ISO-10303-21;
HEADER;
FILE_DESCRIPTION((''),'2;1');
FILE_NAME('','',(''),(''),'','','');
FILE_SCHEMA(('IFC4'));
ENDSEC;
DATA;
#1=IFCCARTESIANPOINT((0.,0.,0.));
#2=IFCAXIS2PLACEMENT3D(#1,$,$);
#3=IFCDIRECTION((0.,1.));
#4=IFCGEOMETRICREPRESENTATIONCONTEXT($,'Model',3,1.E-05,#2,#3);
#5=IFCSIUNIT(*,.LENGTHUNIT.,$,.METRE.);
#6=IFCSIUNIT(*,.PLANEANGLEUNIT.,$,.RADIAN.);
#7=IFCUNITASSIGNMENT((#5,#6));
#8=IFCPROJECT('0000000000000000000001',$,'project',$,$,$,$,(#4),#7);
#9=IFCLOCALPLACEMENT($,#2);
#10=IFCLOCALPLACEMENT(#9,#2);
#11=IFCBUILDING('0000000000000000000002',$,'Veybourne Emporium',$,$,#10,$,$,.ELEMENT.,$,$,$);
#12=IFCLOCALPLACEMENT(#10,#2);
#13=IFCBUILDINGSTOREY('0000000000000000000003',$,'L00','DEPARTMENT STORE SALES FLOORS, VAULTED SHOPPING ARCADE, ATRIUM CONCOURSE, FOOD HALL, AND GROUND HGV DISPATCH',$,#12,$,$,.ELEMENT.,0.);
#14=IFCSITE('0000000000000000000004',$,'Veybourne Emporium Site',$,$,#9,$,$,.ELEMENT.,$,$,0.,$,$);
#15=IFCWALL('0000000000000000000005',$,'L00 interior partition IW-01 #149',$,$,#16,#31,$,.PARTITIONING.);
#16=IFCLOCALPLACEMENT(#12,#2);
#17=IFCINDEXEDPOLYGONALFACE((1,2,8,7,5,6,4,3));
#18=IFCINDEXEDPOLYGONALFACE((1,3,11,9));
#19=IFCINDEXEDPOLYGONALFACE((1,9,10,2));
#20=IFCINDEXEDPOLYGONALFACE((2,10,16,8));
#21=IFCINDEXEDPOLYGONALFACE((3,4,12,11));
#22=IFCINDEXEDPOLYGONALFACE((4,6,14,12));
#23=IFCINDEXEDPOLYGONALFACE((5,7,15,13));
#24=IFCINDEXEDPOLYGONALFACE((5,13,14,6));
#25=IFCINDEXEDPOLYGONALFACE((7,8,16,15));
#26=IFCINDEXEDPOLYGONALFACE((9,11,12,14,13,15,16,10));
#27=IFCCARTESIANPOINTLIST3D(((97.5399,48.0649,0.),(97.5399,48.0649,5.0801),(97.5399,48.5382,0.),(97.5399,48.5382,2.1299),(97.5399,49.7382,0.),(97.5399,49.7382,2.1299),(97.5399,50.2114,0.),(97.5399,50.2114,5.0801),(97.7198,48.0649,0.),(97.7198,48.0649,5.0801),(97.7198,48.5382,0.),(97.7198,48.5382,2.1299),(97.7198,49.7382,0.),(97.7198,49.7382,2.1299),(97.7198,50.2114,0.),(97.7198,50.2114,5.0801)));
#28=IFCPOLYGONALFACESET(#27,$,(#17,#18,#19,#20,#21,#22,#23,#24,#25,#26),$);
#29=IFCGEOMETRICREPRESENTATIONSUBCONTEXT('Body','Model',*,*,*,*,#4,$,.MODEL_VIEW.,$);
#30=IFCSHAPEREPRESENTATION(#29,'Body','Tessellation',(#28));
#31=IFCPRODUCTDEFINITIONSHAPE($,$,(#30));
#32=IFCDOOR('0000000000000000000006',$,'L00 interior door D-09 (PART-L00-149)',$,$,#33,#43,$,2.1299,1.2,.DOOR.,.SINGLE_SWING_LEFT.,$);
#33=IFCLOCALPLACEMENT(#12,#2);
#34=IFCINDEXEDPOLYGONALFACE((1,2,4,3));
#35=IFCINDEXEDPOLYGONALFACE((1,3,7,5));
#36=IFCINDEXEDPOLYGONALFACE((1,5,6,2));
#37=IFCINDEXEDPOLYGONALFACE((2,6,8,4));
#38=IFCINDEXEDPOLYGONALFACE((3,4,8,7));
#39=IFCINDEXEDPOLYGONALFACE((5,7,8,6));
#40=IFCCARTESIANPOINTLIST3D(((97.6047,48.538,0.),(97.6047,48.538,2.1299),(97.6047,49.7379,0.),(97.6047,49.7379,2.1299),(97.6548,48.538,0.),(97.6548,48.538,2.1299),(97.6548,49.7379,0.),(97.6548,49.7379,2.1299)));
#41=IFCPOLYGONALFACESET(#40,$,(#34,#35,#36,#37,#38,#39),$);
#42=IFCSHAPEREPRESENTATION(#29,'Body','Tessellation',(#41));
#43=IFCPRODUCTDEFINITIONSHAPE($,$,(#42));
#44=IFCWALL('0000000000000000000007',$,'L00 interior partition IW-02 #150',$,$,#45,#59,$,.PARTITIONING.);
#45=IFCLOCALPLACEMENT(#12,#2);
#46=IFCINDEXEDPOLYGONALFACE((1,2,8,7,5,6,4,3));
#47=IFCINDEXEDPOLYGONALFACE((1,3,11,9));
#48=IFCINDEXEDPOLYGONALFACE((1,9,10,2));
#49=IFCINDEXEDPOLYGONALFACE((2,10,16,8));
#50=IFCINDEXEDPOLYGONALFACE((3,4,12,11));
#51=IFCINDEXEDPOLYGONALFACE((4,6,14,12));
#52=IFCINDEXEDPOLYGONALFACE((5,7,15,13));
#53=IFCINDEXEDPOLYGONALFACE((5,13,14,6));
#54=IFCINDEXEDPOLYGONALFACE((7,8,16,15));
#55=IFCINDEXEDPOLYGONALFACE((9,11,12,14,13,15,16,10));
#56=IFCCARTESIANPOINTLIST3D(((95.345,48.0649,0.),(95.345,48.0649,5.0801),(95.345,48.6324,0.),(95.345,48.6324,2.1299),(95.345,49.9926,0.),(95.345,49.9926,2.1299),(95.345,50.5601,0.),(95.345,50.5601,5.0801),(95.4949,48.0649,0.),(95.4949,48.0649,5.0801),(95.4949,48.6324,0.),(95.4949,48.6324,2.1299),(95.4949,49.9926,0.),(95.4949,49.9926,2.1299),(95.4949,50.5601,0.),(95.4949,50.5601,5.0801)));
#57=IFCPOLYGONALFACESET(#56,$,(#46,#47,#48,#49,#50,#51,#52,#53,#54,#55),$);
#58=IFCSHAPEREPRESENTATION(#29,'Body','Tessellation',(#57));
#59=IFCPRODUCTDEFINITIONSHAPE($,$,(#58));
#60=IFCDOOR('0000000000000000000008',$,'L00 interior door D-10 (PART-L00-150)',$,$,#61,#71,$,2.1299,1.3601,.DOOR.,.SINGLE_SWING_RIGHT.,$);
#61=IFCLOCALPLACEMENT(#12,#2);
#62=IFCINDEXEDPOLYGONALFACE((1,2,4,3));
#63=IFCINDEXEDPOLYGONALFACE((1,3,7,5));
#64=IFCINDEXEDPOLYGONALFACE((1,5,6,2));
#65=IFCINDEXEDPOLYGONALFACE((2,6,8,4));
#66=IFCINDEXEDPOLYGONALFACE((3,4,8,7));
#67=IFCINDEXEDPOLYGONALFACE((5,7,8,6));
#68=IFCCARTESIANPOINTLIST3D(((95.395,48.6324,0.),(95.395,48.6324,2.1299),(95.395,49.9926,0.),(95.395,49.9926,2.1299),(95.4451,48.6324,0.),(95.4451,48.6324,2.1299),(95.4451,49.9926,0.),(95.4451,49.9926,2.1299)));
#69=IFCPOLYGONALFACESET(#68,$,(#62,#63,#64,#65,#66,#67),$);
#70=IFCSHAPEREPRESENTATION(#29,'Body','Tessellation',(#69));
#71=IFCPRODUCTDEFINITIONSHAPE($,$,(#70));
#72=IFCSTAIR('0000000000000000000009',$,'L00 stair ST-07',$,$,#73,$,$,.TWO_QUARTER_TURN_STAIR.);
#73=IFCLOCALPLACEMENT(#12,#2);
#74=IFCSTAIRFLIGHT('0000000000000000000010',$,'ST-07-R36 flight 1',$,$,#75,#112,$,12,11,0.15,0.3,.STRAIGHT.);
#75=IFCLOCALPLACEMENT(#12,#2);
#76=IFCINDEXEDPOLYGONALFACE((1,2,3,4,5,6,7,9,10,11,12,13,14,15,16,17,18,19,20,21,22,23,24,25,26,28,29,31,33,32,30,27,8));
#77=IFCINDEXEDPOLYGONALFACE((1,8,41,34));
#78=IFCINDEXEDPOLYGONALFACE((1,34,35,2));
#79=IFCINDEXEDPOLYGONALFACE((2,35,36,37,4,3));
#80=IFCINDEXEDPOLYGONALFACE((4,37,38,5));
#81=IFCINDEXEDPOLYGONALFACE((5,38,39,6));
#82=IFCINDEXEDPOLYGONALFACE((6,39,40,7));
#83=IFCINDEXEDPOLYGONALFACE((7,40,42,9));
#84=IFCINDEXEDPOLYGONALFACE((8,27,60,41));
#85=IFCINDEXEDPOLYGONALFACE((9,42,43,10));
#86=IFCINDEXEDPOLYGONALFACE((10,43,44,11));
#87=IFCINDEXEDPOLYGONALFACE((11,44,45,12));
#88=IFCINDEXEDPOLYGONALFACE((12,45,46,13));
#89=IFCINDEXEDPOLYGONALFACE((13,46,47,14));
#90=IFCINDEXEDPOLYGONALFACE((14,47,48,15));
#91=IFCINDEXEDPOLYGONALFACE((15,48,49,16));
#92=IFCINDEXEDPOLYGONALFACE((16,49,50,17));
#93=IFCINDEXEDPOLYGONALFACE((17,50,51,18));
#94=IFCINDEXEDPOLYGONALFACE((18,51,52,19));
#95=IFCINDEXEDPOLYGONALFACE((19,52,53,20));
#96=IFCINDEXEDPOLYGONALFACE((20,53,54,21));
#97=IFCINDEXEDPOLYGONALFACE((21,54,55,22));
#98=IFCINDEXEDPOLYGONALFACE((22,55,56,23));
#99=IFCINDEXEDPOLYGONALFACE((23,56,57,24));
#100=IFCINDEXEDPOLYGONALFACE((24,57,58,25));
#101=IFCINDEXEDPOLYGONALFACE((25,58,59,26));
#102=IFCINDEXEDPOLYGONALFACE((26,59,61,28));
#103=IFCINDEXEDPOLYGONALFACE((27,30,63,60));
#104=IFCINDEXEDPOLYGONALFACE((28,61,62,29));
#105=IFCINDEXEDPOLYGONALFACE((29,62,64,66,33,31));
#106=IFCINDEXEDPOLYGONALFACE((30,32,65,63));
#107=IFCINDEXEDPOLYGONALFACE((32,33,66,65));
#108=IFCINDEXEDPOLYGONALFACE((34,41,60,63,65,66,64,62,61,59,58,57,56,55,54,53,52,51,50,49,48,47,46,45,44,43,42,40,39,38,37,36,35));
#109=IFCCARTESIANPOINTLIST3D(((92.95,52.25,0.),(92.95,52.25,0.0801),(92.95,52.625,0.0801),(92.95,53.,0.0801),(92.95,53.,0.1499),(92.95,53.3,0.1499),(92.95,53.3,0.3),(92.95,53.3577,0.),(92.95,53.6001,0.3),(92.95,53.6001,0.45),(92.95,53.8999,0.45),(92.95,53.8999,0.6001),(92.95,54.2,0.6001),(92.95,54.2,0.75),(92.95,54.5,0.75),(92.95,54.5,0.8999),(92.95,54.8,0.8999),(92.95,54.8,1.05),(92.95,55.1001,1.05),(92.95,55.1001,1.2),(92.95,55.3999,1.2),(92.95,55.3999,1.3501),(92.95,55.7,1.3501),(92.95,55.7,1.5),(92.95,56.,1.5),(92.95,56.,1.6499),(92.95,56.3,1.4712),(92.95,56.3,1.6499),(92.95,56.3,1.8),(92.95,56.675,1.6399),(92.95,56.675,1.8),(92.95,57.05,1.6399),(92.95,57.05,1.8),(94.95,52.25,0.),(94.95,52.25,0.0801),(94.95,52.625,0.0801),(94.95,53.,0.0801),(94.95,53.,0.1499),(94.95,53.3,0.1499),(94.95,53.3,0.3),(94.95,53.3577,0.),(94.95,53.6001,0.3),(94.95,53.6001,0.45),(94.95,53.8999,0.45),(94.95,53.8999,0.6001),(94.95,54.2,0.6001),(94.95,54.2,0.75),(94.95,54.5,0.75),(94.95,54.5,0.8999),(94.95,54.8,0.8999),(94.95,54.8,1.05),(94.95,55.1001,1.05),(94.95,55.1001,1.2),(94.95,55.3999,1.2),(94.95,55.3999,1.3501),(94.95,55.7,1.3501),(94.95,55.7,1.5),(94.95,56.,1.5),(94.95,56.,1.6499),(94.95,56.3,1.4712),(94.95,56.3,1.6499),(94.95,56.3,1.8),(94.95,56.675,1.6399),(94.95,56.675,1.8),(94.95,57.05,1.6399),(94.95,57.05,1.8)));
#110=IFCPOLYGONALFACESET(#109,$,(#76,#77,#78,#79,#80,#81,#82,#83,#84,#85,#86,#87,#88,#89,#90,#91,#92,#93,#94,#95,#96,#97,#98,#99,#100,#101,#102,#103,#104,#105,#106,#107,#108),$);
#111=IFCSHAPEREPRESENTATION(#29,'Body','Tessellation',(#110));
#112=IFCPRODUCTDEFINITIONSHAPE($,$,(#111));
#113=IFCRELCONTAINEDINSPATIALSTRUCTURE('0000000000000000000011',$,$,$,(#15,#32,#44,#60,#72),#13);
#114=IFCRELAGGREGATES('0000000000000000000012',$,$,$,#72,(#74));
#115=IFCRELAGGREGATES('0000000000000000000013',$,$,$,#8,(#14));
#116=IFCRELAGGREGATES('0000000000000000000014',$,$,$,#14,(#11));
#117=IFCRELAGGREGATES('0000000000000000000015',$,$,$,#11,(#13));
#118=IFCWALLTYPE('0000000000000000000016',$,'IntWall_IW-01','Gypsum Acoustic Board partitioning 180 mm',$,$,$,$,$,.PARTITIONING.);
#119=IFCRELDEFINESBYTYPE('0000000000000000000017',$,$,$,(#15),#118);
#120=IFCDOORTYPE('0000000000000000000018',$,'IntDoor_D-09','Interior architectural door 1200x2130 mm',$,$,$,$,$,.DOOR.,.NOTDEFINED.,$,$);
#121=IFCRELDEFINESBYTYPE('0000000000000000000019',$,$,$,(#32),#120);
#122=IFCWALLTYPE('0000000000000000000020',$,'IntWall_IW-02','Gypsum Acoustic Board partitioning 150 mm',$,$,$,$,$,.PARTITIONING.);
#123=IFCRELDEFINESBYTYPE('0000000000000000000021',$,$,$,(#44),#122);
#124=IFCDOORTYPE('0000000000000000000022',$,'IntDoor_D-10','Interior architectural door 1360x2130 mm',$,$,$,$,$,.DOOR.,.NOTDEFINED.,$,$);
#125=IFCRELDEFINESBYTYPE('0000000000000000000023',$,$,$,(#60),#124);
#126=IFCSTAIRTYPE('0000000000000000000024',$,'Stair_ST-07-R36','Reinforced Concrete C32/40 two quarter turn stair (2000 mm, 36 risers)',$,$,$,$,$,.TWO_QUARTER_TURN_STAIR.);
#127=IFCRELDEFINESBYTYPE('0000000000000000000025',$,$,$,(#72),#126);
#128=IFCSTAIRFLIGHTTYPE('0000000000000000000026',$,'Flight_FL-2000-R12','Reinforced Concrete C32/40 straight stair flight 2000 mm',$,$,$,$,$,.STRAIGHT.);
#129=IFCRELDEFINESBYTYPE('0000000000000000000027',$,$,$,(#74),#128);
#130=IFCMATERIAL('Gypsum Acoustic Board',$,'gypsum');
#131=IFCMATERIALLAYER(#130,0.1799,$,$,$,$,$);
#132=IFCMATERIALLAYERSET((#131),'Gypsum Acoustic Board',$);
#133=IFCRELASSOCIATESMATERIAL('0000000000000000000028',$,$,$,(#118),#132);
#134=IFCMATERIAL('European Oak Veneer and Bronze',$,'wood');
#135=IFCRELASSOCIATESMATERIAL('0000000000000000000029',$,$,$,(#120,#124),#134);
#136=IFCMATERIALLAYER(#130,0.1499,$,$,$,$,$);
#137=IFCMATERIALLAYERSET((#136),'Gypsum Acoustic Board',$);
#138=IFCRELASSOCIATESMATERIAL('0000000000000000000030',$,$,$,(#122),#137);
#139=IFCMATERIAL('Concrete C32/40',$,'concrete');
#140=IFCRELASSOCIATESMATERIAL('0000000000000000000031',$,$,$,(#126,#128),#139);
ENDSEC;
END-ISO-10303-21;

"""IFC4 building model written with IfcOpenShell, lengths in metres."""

from ifc_helpers import new_model, si_unit, direction, frame, frame_2d, origin, place, context, subcontext, project, spatial, polyline, rectangle, outline, extrude, material, layer, layer_set, type_object, element, fill, aggregate, save


model = new_model("IFC4")

# Units and contexts
model_context = context("Model", 3, precision=1e-05, world=origin(), true_north=direction((0.0, 1.0)))
body_context = subcontext(model_context, "Body", "Model", "MODEL_VIEW")
ifc_project = project(units=[si_unit("LENGTHUNIT", "METRE"), si_unit("PLANEANGLEUNIT", "RADIAN")], contexts=[model_context])

# Site, building, storey
site_placement = place(None, origin())
site = spatial("IfcSite", under=ifc_project, at=site_placement, Name="Veybourne Emporium Site", CompositionType="ELEMENT", RefElevation=0.0)
building_placement = place(site_placement, origin())
building = spatial("IfcBuilding", under=site, at=building_placement, Name="Veybourne Emporium", CompositionType="ELEMENT")
storey_placement = place(building_placement, origin())
storey = spatial("IfcBuildingStorey", under=building, at=storey_placement, Name="L00", Description="DEPARTMENT STORE SALES FLOORS, VAULTED SHOPPING ARCADE, ATRIUM CONCOURSE, FOOD HALL, AND GROUND HGV DISPATCH", CompositionType="ELEMENT", Elevation=0.0)

# Shared definitions
ifc_material_1 = material(Name="Concrete C32/40", Category="concrete")

# Walls, openings, doors
ifc_material_2 = material(Name="Gypsum Acoustic Board", Category="gypsum")
ifc_layer_1 = layer(ifc_material_2, 0.1799)
ifc_layer_set_1 = layer_set([ifc_layer_1], Name="Gypsum Acoustic Board")
wall_type_1 = type_object("IfcWallType", Name="IntWall_IW-01", Description="Gypsum Acoustic Board partitioning 180 mm", PredefinedType="PARTITIONING", material=ifc_layer_set_1)
wall_1_placement = place(storey_placement, frame((97.6299, 48.0649, 0.0), z_axis=(0.0, 0.0, 1.0), x_axis=(0.0, 1.0, 0.0)))
wall_1 = element("IfcWall", 1, at=wall_1_placement, inside=storey, type_object=wall_type_1, Name="L00 interior partition IW-01 #149", PredefinedType="PARTITIONING", context=body_context, shape_type="SweptSolid", body=[
    extrude(rectangle(XDim=2.1465, YDim=0.1799, at=frame_2d((1.0732, 0.0))), origin(), (0.0, 0.0, 1.0), 5.0801),
])
opening_1_placement = place(wall_1_placement, frame((0.4731, 0.0, 0.0)))
opening_1 = element("IfcOpeningElement", 2, at=opening_1_placement, cuts=wall_1, PredefinedType="OPENING", context=body_context, shape_type="SweptSolid", body=[
    extrude(rectangle(XDim=1.2, YDim=2.1299, at=frame_2d((0.6001, 1.0649))), frame((0.0, 0.1099, 0.0), z_axis=(0.0, -1.0, 0.0), x_axis=(1.0, 0.0, 0.0)), (0.0, 0.0, 1.0), 0.22),
])
ifc_material_3 = material(Name="European Oak Veneer and Bronze", Category="wood")
door_type_1 = type_object("IfcDoorType", Name="IntDoor_D-09", Description="Interior architectural door 1200x2130 mm", OperationType="NOTDEFINED", PredefinedType="DOOR", material=ifc_material_3)
door_1_placement = place(opening_1_placement, frame((1.2, 0.0, 0.0), z_axis=(0.0, 0.0, 1.0), x_axis=(-1.0, 0.0, 0.0)))
door_1 = element("IfcDoor", 3, at=door_1_placement, inside=storey, type_object=door_type_1, Name="L00 interior door D-09 (PART-L00-149)", OperationType="SINGLE_SWING_LEFT", OverallHeight=2.1299, OverallWidth=1.2, PredefinedType="DOOR", context=body_context, shape_type="SweptSolid", body=[
    extrude(rectangle(XDim=1.2, YDim=2.1299, at=frame_2d((0.6001, 1.0649))), frame((0.0, 0.0249, 0.0), z_axis=(0.0, -1.0, 0.0), x_axis=(1.0, 0.0, 0.0)), (0.0, 0.0, 1.0), 0.05),
])
fill(opening_1, door_1)
ifc_layer_2 = layer(ifc_material_2, 0.1499)
ifc_layer_set_2 = layer_set([ifc_layer_2], Name="Gypsum Acoustic Board")
wall_type_2 = type_object("IfcWallType", Name="IntWall_IW-02", Description="Gypsum Acoustic Board partitioning 150 mm", PredefinedType="PARTITIONING", material=ifc_layer_set_2)
wall_2_placement = place(storey_placement, frame((95.4199, 48.0649, 0.0), z_axis=(0.0, 0.0, 1.0), x_axis=(0.0, 1.0, 0.0)))
wall_2 = element("IfcWall", 4, at=wall_2_placement, inside=storey, type_object=wall_type_2, Name="L00 interior partition IW-02 #150", PredefinedType="PARTITIONING", context=body_context, shape_type="SweptSolid", body=[
    extrude(rectangle(XDim=2.4951, YDim=0.1499, at=frame_2d((1.2476, 0.0))), origin(), (0.0, 0.0, 1.0), 5.0801),
])
opening_2_placement = place(wall_2_placement, frame((0.5674, 0.0, 0.0)))
opening_2 = element("IfcOpeningElement", 5, at=opening_2_placement, cuts=wall_2, PredefinedType="OPENING", context=body_context, shape_type="SweptSolid", body=[
    extrude(rectangle(XDim=1.3601, YDim=2.1299, at=frame_2d((0.6802, 1.0649))), frame((0.0, 0.095, 0.0), z_axis=(0.0, -1.0, 0.0), x_axis=(1.0, 0.0, 0.0)), (0.0, 0.0, 1.0), 0.1899),
])
door_type_2 = type_object("IfcDoorType", Name="IntDoor_D-10", Description="Interior architectural door 1360x2130 mm", OperationType="NOTDEFINED", PredefinedType="DOOR", material=ifc_material_3)
door_2_placement = place(opening_2_placement, origin())
door_2 = element("IfcDoor", 6, at=door_2_placement, inside=storey, type_object=door_type_2, Name="L00 interior door D-10 (PART-L00-150)", OperationType="SINGLE_SWING_RIGHT", OverallHeight=2.1299, OverallWidth=1.3601, PredefinedType="DOOR", context=body_context, shape_type="SweptSolid", body=[
    extrude(rectangle(XDim=1.3601, YDim=2.1299, at=frame_2d((0.6802, 1.0649))), frame((0.0, 0.0249, 0.0), z_axis=(0.0, -1.0, 0.0), x_axis=(1.0, 0.0, 0.0)), (0.0, 0.0, 1.0), 0.05),
])
fill(opening_2, door_2)

# Stair, stair flight
stair_type = type_object("IfcStairType", Name="Stair_ST-07-R36", Description="Reinforced Concrete C32/40 two quarter turn stair (2000 mm, 36 risers)", PredefinedType="TWO_QUARTER_TURN_STAIR", material=ifc_material_1)
stair_placement = place(storey_placement, origin())
stair = element("IfcStair", 7, at=stair_placement, inside=storey, type_object=stair_type, Name="L00 stair ST-07", PredefinedType="TWO_QUARTER_TURN_STAIR")
stair_flight_type = type_object("IfcStairFlightType", Name="Flight_FL-2000-R12", Description="Reinforced Concrete C32/40 straight stair flight 2000 mm", PredefinedType="STRAIGHT", material=ifc_material_1)
stair_flight_placement = place(storey_placement, frame((93.95, 53.0, 0.0), z_axis=(0.0, 0.0, 1.0), x_axis=(0.0, 1.0, 0.0)))
stair_flight = element("IfcStairFlight", 8, at=stair_flight_placement, type_object=stair_flight_type, Name="ST-07-R36 flight 1", NumberOfRisers=12, NumberOfTreads=11, PredefinedType="STRAIGHT", RiserHeight=0.15, TreadLength=0.3, context=body_context, shape_type="SweptSolid", body=[
    extrude(outline(polyline([(-0.75, 0.0), (-0.75, 0.0801), (-0.375, 0.0801), (0.0, 0.0801), (0.0, 0.1499), (0.3, 0.1499), (0.3, 0.3), (0.6001, 0.3), (0.6001, 0.45), (0.8999, 0.45), (0.8999, 0.6001), (1.2, 0.6001), (1.2, 0.75), (1.5, 0.75), (1.5, 0.8999), (1.8, 0.8999), (1.8, 1.05), (2.1001, 1.05), (2.1001, 1.2), (2.3999, 1.2), (2.3999, 1.3501), (2.7, 1.3501), (2.7, 1.5), (3.0, 1.5), (3.0, 1.6499), (3.3, 1.6499), (3.3, 1.8), (3.675, 1.8), (4.05, 1.8), (4.05, 1.6399), (3.675, 1.6399), (3.3, 1.4712), (0.3577, 0.0), (-0.75, 0.0)])), frame((0.0, 1.0, 0.0), z_axis=(0.0, -1.0, 0.0), x_axis=(1.0, 0.0, 0.0)), (0.0, 0.0, 1.0), 2.0),
])
aggregate(stair, [stair_flight])

save(model, "model.ifc")
